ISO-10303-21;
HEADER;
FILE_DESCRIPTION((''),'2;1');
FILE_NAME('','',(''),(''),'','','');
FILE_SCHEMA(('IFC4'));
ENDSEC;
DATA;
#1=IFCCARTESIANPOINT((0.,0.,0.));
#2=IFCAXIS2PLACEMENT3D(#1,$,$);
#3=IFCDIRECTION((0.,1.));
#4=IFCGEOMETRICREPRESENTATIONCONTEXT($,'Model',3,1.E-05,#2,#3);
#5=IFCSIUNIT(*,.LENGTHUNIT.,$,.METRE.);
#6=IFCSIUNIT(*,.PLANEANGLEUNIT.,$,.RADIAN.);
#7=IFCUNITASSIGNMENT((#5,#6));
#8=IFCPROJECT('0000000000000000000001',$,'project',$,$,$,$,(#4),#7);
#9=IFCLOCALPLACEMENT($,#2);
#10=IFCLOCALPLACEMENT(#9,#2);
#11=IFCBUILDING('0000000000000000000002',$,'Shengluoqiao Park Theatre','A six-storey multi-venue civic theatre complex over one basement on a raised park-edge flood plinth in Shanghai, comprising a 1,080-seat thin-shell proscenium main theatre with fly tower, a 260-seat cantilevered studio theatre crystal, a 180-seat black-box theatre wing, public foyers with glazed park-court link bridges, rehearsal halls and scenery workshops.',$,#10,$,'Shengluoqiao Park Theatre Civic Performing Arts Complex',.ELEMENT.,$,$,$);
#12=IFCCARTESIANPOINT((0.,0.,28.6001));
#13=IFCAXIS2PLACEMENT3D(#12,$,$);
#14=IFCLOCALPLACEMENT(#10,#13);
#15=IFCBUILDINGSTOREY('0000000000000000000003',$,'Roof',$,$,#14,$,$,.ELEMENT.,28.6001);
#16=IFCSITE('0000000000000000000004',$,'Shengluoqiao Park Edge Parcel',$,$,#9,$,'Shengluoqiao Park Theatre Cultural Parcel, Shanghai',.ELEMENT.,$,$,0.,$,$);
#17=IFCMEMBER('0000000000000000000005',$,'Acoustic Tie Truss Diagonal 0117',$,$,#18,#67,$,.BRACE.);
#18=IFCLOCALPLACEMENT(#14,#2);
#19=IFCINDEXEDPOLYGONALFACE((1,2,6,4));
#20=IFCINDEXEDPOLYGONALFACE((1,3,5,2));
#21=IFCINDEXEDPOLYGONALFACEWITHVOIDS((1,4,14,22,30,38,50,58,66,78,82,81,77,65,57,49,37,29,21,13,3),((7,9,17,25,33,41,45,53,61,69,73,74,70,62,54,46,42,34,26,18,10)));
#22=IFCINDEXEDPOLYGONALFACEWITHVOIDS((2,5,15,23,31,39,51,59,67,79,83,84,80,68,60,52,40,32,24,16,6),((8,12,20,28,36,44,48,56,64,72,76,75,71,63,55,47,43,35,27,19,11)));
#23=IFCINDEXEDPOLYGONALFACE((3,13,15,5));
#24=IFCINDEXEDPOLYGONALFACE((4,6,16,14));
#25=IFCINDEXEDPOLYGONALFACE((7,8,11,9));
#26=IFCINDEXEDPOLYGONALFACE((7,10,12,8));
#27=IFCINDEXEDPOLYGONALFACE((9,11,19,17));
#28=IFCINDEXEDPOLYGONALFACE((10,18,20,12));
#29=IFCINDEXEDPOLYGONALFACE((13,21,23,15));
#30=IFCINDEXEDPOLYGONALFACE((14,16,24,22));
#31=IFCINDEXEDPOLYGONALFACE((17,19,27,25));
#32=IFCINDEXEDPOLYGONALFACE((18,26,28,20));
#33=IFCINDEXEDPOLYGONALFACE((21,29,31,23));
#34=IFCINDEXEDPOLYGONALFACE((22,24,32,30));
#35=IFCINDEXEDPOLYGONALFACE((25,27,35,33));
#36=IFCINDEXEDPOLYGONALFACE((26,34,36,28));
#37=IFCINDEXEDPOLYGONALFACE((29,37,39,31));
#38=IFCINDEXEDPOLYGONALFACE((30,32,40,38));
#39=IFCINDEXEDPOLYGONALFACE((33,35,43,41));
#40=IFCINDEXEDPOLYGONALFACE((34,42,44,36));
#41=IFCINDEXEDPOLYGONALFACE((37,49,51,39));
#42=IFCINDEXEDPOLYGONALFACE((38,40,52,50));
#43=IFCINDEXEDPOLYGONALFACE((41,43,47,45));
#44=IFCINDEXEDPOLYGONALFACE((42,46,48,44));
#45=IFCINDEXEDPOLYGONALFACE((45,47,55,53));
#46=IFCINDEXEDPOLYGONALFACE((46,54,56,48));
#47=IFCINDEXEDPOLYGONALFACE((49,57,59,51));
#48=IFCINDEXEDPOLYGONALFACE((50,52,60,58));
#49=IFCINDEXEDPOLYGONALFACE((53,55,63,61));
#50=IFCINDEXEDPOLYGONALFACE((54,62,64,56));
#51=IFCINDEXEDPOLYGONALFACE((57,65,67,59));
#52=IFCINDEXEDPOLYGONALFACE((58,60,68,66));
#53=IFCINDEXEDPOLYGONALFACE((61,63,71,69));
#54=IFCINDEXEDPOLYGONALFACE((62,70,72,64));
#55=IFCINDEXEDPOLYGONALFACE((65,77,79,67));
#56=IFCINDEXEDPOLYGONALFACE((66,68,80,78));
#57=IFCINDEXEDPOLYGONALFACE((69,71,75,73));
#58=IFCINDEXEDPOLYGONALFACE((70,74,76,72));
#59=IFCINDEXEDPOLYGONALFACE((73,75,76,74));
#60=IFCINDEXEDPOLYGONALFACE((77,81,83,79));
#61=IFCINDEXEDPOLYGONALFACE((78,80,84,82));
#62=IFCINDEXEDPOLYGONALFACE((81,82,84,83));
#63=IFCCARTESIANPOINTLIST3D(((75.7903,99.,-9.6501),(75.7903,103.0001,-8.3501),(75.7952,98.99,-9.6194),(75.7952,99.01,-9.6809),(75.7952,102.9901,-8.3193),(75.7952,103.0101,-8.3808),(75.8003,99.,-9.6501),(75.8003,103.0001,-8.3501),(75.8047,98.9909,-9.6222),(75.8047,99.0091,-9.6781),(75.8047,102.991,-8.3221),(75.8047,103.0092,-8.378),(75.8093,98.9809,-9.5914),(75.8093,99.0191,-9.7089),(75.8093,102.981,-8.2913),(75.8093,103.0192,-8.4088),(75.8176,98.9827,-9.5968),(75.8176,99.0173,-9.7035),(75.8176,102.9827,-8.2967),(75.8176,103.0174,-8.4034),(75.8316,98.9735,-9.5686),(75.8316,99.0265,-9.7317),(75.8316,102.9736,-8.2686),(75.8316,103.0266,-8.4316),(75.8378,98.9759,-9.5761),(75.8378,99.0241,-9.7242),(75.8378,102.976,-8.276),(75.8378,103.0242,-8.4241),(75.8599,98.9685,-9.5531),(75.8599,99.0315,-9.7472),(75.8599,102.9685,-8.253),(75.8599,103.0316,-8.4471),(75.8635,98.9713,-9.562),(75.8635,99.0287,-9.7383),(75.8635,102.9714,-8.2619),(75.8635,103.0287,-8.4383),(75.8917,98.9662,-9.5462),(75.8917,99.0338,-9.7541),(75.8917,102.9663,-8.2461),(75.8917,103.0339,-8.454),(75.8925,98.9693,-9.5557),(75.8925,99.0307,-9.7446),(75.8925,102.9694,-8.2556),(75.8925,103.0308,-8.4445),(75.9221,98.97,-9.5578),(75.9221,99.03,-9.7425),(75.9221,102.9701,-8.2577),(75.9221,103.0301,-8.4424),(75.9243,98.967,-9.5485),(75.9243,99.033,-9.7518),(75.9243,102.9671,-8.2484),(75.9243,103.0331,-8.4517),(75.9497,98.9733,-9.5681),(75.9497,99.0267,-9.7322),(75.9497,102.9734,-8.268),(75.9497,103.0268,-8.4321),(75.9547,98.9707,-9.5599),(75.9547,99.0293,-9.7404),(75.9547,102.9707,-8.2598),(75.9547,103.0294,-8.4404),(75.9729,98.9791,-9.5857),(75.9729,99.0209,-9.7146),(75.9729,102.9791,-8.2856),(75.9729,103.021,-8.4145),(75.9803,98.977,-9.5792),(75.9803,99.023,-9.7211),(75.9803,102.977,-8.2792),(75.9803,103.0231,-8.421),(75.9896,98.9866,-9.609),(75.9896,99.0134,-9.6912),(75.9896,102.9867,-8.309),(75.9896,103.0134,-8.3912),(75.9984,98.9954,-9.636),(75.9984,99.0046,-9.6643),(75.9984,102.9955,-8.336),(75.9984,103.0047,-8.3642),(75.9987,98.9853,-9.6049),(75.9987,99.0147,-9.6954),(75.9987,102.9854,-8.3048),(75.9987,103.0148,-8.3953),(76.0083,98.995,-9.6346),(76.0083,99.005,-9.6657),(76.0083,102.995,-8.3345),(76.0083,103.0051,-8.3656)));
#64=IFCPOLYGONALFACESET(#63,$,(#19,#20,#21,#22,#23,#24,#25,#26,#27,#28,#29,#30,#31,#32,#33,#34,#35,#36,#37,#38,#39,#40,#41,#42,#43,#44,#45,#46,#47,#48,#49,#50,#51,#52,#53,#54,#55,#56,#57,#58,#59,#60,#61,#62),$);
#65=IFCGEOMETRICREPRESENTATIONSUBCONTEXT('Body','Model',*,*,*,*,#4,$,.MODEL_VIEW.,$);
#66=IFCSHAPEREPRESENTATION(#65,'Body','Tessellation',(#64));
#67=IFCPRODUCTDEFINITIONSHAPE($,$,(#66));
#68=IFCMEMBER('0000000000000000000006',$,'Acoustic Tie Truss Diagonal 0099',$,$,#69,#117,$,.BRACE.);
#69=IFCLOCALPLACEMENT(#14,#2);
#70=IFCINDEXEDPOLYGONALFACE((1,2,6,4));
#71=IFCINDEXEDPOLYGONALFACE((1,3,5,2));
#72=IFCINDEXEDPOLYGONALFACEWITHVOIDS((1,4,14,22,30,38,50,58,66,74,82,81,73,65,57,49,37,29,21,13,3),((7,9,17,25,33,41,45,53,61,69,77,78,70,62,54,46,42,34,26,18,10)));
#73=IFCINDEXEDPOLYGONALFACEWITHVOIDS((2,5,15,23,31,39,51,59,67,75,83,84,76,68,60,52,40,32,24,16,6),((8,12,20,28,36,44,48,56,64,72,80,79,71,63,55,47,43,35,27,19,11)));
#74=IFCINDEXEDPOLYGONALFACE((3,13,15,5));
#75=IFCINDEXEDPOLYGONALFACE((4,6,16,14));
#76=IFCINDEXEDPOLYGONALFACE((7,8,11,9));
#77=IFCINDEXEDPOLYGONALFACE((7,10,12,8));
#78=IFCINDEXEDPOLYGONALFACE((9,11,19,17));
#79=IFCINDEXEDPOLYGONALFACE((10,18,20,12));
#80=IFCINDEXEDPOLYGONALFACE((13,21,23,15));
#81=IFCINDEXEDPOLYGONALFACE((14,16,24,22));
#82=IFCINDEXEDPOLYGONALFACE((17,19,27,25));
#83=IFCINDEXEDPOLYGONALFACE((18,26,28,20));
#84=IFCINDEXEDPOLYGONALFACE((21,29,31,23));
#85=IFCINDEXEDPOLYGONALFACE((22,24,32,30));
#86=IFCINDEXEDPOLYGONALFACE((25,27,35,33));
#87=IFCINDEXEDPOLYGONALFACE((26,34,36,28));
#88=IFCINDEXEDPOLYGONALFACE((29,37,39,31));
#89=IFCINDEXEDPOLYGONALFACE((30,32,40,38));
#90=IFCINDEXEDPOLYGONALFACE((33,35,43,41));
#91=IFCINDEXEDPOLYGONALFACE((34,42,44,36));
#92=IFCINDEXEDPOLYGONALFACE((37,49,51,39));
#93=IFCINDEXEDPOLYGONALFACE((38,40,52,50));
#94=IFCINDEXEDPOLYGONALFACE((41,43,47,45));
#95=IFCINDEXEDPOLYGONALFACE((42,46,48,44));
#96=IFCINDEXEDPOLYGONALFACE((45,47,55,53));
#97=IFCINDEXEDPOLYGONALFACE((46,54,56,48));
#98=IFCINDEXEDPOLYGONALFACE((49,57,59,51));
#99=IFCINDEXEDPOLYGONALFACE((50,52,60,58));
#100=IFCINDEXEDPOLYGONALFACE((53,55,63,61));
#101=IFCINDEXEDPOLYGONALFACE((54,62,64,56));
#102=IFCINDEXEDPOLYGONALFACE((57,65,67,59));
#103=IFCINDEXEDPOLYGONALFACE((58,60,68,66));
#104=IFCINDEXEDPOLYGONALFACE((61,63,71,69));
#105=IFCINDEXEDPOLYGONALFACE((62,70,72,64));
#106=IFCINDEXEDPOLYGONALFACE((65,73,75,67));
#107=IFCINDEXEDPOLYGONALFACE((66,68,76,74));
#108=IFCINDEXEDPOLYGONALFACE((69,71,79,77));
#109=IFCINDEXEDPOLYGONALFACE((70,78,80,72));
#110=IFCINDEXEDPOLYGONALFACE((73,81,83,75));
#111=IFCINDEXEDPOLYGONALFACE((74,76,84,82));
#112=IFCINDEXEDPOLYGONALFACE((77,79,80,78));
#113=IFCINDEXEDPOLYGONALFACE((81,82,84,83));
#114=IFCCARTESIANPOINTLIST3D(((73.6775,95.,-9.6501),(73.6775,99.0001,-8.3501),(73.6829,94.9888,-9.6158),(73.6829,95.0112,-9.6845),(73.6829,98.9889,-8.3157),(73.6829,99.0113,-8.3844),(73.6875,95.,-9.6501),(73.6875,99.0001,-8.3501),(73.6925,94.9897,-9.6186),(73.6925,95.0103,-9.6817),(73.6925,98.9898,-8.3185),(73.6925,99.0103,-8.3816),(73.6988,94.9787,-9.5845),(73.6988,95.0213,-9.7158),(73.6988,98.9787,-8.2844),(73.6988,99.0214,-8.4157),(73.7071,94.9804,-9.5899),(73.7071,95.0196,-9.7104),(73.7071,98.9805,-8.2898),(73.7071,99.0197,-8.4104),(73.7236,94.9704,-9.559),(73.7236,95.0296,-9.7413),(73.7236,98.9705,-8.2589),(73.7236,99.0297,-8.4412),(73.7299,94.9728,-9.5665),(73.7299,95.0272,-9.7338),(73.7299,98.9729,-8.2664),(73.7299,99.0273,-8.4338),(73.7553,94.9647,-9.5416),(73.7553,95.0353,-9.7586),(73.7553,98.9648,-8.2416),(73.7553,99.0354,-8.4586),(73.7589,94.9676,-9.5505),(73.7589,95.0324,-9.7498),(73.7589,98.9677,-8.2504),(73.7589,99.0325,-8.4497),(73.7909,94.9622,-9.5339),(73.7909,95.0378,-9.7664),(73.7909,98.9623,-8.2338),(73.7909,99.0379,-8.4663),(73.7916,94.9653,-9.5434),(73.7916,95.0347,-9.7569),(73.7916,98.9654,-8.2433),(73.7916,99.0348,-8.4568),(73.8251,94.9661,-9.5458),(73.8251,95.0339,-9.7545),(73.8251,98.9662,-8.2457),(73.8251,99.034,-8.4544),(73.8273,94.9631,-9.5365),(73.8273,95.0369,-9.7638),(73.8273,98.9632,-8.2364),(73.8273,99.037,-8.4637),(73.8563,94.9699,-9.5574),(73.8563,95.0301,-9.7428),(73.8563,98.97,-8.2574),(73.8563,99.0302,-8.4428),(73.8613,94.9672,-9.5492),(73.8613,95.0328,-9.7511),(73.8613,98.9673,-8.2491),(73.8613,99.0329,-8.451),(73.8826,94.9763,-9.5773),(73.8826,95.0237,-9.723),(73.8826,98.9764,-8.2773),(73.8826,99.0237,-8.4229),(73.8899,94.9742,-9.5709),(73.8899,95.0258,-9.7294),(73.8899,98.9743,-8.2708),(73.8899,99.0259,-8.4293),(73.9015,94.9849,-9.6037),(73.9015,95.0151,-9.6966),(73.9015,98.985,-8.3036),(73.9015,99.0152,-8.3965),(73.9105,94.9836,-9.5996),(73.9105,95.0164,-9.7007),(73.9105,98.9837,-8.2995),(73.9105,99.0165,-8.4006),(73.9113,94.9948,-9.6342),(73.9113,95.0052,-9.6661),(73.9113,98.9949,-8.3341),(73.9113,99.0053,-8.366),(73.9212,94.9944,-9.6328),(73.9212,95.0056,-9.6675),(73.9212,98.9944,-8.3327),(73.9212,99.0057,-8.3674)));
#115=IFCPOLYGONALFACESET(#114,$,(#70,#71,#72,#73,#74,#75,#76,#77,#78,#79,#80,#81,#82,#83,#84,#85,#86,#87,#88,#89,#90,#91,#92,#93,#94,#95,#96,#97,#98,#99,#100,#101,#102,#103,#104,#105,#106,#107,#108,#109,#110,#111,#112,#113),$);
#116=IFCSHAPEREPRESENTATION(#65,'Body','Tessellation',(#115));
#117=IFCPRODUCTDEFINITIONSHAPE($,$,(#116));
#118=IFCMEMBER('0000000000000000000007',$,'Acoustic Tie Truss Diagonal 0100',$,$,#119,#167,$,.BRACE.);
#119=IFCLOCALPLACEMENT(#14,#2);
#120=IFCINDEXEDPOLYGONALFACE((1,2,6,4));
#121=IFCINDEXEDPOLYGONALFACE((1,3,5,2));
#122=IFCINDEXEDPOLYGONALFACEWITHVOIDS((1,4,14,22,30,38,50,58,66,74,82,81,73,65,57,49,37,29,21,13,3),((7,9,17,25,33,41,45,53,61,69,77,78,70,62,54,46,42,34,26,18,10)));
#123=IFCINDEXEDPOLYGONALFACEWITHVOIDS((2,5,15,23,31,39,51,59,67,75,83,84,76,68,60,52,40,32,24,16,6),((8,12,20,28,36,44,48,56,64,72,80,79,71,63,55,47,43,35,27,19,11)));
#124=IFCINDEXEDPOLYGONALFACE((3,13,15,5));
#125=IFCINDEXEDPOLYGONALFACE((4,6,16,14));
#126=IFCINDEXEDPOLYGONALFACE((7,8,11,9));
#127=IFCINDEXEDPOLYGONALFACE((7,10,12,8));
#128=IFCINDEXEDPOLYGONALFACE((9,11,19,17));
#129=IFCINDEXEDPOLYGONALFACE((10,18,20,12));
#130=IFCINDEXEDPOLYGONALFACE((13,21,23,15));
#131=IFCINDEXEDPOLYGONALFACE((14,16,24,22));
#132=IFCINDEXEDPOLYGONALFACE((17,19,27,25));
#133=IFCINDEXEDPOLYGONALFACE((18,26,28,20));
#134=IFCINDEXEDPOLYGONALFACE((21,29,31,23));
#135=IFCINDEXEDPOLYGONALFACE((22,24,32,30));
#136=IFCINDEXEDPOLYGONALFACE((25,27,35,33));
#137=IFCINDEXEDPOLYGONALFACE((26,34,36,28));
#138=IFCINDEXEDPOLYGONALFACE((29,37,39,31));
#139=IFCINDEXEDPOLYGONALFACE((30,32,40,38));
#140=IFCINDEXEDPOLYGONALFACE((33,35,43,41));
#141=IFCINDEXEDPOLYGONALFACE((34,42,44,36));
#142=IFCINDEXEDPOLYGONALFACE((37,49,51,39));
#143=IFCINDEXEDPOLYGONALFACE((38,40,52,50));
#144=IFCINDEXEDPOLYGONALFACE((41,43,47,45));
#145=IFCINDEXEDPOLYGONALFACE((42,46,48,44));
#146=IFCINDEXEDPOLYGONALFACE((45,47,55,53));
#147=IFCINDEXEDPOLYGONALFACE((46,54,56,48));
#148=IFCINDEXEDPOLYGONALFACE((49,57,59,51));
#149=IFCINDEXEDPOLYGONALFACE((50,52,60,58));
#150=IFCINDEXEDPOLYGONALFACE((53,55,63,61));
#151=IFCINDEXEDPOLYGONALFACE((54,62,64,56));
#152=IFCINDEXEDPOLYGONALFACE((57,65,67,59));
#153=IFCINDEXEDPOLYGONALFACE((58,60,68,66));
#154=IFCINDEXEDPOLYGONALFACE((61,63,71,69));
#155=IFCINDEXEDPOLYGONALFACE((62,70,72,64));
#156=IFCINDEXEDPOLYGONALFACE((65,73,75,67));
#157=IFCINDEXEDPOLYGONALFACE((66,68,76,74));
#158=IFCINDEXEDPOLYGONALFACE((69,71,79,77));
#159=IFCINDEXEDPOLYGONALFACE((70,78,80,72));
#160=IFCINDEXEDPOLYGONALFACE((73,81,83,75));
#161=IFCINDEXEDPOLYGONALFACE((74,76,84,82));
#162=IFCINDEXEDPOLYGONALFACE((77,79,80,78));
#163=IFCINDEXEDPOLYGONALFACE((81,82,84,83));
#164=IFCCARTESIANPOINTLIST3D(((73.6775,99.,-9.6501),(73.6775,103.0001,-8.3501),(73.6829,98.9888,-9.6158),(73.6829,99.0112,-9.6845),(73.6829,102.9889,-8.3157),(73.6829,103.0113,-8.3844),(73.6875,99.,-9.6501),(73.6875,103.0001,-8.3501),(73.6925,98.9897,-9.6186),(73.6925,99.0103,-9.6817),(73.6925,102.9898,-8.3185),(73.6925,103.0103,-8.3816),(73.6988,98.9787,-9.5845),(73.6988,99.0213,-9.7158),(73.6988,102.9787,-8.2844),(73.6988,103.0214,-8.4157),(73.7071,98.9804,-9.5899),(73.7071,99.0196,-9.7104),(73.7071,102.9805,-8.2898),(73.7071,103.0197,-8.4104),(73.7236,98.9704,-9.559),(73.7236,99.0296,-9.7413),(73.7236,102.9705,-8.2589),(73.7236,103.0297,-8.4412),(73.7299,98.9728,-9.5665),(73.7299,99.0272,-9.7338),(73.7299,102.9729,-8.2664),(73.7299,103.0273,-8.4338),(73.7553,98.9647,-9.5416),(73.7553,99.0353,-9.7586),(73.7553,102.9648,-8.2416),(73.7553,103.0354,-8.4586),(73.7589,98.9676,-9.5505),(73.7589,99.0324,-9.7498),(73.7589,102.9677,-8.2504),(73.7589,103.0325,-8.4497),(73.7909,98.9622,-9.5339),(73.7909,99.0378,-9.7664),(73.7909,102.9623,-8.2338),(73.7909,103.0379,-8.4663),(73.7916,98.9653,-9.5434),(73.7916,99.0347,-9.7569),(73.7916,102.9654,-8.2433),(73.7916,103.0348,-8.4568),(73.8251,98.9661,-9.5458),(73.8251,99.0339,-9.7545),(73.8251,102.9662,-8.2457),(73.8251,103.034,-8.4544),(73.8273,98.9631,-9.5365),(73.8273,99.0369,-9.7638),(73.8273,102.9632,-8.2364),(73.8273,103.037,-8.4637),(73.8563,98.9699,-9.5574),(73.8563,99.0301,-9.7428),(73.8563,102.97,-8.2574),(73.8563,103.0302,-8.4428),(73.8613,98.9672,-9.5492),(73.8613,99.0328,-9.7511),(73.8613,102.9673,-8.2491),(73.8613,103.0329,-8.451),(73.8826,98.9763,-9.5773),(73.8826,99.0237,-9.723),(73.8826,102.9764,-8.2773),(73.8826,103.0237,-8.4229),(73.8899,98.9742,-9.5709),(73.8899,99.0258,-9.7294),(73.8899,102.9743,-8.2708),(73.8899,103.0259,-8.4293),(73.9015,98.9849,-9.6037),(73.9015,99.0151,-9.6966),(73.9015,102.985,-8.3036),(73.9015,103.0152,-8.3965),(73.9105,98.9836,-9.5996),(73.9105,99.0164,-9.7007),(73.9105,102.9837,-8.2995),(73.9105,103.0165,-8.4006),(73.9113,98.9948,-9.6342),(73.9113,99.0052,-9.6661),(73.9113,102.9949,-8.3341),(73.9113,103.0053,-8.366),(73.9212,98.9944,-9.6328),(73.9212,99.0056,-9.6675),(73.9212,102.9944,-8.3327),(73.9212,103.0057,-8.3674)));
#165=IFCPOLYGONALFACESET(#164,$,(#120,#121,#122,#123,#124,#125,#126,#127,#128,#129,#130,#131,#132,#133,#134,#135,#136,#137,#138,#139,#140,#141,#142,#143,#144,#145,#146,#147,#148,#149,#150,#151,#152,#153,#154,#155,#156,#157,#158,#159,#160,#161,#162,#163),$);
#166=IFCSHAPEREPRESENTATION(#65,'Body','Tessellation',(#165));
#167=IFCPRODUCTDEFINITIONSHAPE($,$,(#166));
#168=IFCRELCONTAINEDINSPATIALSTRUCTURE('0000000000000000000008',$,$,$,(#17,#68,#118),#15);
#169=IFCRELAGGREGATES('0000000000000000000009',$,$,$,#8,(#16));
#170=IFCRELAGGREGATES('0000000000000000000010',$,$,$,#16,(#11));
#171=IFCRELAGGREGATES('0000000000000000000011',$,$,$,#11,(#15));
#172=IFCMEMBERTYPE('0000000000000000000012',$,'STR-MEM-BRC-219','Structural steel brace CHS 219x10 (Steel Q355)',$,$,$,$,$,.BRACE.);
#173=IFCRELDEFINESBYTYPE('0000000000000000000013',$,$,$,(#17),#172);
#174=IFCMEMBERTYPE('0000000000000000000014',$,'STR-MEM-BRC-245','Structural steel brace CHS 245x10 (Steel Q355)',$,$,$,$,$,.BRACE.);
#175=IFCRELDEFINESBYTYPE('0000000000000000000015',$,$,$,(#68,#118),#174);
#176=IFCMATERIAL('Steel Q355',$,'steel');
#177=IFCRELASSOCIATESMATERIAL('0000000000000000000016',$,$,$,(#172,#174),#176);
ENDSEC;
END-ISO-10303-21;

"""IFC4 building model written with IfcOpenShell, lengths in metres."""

from ifc_helpers import new_model, si_unit, direction, frame, origin, origin_2d, place, context, subcontext, project, spatial, hollow_circle, extrude, material, material_profile, profile_set, type_object, element, save


model = new_model("IFC4")

# Units and contexts
model_context = context("Model", 3, precision=1e-05, world=origin(), true_north=direction((0.0, 1.0)))
body_context = subcontext(model_context, "Body", "Model", "MODEL_VIEW")
ifc_project = project(units=[si_unit("LENGTHUNIT", "METRE"), si_unit("PLANEANGLEUNIT", "RADIAN")], contexts=[model_context])

# Site, building, storey
site_placement = place(None, origin())
site = spatial("IfcSite", under=ifc_project, at=site_placement, Name="Shengluoqiao Park Edge Parcel", LongName="Shengluoqiao Park Theatre Cultural Parcel, Shanghai", CompositionType="ELEMENT", RefElevation=0.0)
building_placement = place(site_placement, origin())
building = spatial("IfcBuilding", under=site, at=building_placement, Name="Shengluoqiao Park Theatre", Description="A six-storey multi-venue civic theatre complex over one basement on a raised park-edge flood plinth in Shanghai, comprising a 1,080-seat thin-shell proscenium main theatre with fly tower, a 260-seat cantilevered studio theatre crystal, a 180-seat black-box theatre wing, public foyers with glazed park-court link bridges, rehearsal halls and scenery workshops.", LongName="Shengluoqiao Park Theatre Civic Performing Arts Complex", CompositionType="ELEMENT")
storey_placement = place(building_placement, frame((0.0, 0.0, 28.6001)))
storey = spatial("IfcBuildingStorey", under=building, at=storey_placement, Name="Roof", CompositionType="ELEMENT", Elevation=28.6001)

# Shared definitions
ifc_material = material(Name="Steel Q355", Category="steel")

# Members
ifc_material_profile_1 = material_profile(ifc_material, hollow_circle(Radius=0.1096, WallThickness=0.01, at=origin_2d()), Name="CHS 219x10")
ifc_profile_set_1 = profile_set([ifc_material_profile_1], Name="Steel Q355")
member_type_1 = type_object("IfcMemberType", Name="STR-MEM-BRC-219", Description="Structural steel brace CHS 219x10 (Steel Q355)", PredefinedType="BRACE", material=ifc_profile_set_1)
for number, where, z_axis, x_axis, name in (
    (1, (75.8999, 99.0, -9.6501), (0.0, 0.951031, 0.309097), (-1.0, 0.0, 0.0), "Acoustic Tie Truss Diagonal 0117"),
):
    element("IfcMember", number, at=place(storey_placement, frame(where, z_axis=z_axis, x_axis=x_axis)), inside=storey, type_object=member_type_1, Name=name, PredefinedType="BRACE", context=body_context, shape_type="SweptSolid", body=[
        extrude(hollow_circle(Radius=0.1096, WallThickness=0.01, at=origin_2d()), origin(), (0.0, 0.0, 1.0), 4.2061),
    ])
ifc_material_profile_2 = material_profile(ifc_material, hollow_circle(Radius=0.1226, WallThickness=0.01, at=origin_2d()), Name="CHS 245x10")
ifc_profile_set_2 = profile_set([ifc_material_profile_2], Name="Steel Q355")
member_type_2 = type_object("IfcMemberType", Name="STR-MEM-BRC-245", Description="Structural steel brace CHS 245x10 (Steel Q355)", PredefinedType="BRACE", material=ifc_profile_set_2)
for number, where, z_axis, x_axis, name in (
    (2, (73.8, 95.0, -9.6501), (0.0, 0.951031, 0.309097), (-1.0, 0.0, 0.0), "Acoustic Tie Truss Diagonal 0099"),
    (3, (73.8, 99.0, -9.6501), (0.0, 0.951031, 0.309097), (-1.0, 0.0, 0.0), "Acoustic Tie Truss Diagonal 0100"),
):
    element("IfcMember", number, at=place(storey_placement, frame(where, z_axis=z_axis, x_axis=x_axis)), inside=storey, type_object=member_type_2, Name=name, PredefinedType="BRACE", context=body_context, shape_type="SweptSolid", body=[
        extrude(hollow_circle(Radius=0.1226, WallThickness=0.01, at=origin_2d()), origin(), (0.0, 0.0, 1.0), 4.2061),
    ])

save(model, "model.ifc")
